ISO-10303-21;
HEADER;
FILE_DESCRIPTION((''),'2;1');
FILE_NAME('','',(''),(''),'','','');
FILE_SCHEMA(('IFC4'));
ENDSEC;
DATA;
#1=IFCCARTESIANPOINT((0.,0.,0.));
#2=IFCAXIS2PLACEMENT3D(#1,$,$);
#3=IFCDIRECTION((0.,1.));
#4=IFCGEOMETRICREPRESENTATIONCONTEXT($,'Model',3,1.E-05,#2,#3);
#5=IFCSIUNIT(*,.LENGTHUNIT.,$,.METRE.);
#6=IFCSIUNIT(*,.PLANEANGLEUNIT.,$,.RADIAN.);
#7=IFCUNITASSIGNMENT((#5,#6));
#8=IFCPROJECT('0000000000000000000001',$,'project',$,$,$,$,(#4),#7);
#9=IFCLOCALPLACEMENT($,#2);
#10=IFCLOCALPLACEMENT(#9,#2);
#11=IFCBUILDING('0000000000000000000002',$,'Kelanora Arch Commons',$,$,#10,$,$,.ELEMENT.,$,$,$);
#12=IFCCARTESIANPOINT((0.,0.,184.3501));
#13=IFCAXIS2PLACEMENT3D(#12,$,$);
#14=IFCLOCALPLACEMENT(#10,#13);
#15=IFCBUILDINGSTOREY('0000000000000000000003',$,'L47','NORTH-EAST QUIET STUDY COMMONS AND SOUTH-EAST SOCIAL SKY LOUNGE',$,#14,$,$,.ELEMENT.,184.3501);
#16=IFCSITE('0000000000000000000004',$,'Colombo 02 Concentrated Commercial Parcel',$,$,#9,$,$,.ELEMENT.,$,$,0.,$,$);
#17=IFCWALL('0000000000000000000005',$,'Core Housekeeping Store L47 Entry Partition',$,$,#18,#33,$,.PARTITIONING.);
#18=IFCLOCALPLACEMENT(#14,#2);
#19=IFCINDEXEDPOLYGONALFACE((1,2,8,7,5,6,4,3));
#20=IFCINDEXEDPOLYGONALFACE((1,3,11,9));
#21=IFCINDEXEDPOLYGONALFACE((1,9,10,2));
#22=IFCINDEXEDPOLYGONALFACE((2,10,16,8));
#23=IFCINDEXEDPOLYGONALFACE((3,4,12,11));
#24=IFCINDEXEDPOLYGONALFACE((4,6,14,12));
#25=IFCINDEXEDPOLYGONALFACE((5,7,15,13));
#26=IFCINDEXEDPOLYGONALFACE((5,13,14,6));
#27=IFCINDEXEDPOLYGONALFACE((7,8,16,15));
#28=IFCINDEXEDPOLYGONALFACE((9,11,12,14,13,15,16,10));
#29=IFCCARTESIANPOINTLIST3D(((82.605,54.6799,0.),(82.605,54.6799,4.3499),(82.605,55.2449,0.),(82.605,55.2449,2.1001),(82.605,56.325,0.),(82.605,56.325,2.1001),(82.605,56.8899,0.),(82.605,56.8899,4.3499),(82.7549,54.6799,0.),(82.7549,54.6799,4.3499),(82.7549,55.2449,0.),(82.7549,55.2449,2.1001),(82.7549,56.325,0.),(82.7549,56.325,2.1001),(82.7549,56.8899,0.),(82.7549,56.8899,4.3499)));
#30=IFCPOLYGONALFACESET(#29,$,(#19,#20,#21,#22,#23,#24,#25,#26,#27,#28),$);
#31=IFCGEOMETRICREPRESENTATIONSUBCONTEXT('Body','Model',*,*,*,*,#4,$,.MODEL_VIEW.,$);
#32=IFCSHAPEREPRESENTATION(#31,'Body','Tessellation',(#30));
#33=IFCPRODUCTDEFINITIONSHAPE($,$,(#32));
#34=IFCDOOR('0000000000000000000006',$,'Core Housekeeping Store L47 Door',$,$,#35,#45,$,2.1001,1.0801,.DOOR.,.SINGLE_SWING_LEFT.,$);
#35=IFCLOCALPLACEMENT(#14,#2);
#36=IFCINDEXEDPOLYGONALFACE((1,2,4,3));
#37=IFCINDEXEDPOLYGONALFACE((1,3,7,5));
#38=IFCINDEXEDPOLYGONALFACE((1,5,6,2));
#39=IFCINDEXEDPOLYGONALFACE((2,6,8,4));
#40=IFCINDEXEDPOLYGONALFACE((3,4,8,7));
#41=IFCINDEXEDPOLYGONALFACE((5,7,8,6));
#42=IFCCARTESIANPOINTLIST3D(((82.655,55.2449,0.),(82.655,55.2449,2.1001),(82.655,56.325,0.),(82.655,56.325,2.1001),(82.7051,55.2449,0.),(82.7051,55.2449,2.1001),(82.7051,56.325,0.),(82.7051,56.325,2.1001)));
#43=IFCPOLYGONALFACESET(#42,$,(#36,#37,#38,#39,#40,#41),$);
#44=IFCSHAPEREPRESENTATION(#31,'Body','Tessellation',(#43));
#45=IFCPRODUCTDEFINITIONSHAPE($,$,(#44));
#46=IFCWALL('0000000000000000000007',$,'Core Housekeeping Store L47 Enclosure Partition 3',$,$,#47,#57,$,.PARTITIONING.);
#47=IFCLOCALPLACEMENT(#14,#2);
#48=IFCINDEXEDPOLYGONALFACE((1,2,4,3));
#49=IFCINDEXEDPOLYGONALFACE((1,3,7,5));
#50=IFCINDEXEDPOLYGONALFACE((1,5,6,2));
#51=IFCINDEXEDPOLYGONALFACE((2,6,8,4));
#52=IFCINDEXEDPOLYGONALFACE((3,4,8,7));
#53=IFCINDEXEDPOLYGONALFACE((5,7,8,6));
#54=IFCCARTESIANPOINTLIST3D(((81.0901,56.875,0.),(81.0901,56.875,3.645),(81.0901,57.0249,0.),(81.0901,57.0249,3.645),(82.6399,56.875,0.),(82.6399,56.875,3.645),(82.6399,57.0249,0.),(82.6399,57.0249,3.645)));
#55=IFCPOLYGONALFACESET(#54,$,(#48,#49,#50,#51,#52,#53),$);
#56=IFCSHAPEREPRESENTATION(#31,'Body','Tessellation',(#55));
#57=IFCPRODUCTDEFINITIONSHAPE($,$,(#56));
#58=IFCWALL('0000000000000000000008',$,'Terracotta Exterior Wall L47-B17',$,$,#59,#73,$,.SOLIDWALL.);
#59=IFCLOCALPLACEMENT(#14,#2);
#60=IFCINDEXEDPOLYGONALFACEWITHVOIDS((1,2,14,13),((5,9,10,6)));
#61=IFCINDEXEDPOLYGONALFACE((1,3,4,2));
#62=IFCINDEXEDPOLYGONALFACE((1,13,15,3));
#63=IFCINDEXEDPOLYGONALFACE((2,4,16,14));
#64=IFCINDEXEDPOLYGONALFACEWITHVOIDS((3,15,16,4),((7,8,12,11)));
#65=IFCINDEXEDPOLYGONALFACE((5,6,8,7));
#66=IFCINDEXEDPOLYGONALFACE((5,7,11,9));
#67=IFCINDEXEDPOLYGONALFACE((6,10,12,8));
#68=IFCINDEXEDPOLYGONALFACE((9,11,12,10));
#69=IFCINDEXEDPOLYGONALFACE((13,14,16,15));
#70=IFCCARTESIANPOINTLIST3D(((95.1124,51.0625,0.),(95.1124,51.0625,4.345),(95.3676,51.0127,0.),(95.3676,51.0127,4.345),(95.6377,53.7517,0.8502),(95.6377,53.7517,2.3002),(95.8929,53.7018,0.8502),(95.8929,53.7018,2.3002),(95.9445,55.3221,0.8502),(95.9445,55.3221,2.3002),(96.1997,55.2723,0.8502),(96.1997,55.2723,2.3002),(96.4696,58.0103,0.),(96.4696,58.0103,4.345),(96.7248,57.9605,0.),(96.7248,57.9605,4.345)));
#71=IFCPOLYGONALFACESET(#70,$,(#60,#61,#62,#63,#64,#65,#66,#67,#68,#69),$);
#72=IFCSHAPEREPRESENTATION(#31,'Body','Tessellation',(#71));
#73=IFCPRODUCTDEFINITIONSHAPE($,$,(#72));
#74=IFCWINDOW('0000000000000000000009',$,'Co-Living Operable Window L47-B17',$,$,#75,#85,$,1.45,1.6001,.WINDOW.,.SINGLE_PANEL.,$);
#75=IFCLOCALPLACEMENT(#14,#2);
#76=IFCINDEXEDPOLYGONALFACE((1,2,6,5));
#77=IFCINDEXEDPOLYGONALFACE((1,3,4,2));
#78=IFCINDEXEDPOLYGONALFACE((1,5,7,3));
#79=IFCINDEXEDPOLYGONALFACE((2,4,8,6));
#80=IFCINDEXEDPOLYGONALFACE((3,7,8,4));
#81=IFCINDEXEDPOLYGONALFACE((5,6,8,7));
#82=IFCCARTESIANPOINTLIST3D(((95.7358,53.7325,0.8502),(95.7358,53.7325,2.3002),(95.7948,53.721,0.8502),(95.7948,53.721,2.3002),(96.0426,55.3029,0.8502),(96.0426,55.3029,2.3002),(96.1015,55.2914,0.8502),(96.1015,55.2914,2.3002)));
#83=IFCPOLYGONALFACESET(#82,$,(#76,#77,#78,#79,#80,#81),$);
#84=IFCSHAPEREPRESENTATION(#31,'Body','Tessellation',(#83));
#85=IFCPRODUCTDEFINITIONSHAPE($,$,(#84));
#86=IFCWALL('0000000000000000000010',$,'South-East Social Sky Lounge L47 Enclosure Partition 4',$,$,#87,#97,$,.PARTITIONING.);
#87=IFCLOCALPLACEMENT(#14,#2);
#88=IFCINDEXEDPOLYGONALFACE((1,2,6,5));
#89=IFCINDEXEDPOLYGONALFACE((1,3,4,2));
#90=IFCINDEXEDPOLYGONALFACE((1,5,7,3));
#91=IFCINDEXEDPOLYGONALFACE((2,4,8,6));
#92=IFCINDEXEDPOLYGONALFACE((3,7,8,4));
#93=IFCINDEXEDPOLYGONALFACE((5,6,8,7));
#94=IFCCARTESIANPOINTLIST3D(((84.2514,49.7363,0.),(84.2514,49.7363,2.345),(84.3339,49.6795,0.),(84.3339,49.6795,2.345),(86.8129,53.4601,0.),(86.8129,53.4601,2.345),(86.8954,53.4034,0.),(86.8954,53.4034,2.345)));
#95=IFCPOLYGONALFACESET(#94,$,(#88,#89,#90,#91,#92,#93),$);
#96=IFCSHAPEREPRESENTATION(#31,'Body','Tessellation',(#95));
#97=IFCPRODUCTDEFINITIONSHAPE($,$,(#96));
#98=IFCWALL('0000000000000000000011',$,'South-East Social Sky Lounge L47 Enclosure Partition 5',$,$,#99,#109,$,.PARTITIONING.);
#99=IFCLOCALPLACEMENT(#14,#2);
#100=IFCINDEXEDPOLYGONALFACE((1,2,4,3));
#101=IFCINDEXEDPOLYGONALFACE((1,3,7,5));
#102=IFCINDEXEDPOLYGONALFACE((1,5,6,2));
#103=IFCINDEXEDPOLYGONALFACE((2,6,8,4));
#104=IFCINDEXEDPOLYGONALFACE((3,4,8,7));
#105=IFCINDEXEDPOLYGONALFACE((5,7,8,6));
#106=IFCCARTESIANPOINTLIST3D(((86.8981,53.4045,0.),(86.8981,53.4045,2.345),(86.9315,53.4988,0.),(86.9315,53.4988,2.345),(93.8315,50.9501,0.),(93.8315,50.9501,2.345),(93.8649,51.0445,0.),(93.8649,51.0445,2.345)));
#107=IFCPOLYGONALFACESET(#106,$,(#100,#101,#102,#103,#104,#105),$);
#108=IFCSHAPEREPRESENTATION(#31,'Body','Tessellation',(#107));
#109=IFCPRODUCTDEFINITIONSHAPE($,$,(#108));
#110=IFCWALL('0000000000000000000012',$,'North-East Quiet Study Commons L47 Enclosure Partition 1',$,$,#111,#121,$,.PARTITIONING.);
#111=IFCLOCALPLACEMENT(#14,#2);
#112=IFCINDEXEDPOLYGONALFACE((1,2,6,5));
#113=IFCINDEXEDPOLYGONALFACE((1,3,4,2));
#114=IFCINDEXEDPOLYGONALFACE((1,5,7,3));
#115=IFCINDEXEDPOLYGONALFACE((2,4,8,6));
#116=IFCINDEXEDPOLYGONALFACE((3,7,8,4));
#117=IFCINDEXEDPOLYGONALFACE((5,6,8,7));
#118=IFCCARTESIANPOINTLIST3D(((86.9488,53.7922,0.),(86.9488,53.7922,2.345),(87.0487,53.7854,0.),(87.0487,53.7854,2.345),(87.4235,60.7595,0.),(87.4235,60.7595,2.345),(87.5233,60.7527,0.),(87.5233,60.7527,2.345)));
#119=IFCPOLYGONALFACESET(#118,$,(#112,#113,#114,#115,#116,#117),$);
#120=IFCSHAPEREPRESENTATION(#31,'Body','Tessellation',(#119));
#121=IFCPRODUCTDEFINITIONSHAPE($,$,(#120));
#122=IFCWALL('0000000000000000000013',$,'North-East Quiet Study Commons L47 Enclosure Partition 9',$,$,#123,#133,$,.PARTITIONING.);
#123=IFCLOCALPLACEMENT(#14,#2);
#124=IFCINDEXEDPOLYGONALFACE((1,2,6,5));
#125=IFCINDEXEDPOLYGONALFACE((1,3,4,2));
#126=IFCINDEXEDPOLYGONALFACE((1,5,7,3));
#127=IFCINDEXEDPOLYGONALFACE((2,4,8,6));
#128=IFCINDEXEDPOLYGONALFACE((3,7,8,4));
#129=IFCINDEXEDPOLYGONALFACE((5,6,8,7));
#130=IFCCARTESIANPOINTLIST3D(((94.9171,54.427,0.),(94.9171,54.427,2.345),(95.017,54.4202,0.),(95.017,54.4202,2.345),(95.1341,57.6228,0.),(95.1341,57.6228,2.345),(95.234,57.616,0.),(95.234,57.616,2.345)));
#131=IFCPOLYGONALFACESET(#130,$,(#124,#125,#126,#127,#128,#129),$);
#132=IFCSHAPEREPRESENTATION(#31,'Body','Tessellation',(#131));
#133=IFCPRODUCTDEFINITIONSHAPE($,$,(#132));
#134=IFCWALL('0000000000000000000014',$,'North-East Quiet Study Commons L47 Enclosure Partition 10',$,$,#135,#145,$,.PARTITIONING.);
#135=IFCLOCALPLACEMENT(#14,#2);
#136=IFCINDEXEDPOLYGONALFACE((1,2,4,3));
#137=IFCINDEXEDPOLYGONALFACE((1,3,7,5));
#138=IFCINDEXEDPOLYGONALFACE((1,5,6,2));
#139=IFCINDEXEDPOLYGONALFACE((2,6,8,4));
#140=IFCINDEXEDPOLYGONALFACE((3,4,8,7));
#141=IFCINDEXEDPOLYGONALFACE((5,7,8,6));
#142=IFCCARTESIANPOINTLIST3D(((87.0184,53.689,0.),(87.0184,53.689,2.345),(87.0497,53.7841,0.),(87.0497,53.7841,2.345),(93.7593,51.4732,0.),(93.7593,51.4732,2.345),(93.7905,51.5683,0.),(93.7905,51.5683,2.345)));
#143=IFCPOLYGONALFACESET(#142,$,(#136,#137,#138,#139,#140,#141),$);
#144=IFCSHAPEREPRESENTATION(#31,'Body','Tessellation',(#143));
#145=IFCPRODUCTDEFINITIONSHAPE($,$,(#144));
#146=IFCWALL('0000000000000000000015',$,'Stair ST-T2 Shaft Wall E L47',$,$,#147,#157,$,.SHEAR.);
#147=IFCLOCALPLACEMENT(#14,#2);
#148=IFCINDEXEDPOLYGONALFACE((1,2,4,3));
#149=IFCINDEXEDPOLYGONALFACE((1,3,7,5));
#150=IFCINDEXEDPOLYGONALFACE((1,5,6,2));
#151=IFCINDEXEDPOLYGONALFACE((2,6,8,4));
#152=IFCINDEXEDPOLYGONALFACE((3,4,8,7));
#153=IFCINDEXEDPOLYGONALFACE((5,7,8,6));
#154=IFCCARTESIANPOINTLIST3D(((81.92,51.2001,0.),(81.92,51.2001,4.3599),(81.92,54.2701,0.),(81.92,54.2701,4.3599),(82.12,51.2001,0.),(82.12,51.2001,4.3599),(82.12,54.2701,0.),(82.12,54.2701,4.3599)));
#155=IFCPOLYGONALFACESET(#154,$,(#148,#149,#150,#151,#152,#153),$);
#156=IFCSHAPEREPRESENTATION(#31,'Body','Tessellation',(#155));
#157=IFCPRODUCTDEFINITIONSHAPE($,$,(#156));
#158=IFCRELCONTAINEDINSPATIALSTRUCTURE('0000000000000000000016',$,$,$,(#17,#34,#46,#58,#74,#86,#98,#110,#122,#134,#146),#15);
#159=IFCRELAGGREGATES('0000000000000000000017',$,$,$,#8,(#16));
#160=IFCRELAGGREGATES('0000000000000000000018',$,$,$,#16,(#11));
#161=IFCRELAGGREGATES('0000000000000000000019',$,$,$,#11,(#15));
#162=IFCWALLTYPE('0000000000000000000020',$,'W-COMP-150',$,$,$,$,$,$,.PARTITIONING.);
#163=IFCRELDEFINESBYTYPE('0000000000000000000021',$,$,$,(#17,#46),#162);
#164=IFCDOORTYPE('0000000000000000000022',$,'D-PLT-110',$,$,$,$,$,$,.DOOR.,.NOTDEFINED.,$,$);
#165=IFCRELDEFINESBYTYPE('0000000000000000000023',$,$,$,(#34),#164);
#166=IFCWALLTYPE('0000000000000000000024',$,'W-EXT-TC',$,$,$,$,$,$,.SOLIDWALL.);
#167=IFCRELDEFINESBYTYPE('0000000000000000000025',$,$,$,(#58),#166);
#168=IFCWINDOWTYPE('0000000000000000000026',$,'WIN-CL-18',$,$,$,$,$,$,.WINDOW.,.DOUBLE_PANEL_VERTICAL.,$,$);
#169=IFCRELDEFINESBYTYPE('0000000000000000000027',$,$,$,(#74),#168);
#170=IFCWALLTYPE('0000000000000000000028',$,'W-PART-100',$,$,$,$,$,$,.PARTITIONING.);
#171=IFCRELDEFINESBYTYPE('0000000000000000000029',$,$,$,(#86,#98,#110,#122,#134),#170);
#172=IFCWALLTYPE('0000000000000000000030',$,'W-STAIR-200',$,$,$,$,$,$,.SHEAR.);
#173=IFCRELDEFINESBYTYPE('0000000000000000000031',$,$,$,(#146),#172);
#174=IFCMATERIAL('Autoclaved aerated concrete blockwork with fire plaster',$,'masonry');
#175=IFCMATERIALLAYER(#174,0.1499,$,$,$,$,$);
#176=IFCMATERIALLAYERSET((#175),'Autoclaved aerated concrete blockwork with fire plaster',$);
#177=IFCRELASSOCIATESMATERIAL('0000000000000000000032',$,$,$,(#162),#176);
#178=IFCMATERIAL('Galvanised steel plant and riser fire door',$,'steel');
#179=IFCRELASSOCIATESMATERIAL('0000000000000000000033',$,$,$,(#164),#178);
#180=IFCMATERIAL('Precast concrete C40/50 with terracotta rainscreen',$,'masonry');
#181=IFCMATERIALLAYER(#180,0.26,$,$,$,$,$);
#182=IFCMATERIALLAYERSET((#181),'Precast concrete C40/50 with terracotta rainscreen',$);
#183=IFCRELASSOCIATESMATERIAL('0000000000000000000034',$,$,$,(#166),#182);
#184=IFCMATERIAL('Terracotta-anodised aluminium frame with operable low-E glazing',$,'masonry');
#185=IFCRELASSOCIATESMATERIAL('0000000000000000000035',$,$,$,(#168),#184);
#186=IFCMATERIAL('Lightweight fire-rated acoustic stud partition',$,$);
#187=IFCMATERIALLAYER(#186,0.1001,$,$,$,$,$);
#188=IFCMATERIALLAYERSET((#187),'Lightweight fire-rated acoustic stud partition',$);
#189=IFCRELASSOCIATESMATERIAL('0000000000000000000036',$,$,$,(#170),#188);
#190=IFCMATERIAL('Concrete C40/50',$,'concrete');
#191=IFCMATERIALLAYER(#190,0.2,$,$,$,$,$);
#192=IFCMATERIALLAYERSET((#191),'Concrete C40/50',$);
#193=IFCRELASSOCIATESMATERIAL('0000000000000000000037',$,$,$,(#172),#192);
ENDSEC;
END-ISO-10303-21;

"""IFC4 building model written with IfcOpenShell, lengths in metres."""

from ifc_helpers import new_model, si_unit, direction, frame, frame_2d, origin, place, context, subcontext, project, spatial, rectangle, extrude, material, layer, layer_set, type_object, element, fill, save


model = new_model("IFC4")

# Units and contexts
model_context = context("Model", 3, precision=1e-05, world=origin(), true_north=direction((0.0, 1.0)))
body_context = subcontext(model_context, "Body", "Model", "MODEL_VIEW")
ifc_project = project(units=[si_unit("LENGTHUNIT", "METRE"), si_unit("PLANEANGLEUNIT", "RADIAN")], contexts=[model_context])

# Site, building, storey
site_placement = place(None, origin())
site = spatial("IfcSite", under=ifc_project, at=site_placement, Name="Colombo 02 Concentrated Commercial Parcel", CompositionType="ELEMENT", RefElevation=0.0)
building_placement = place(site_placement, origin())
building = spatial("IfcBuilding", under=site, at=building_placement, Name="Kelanora Arch Commons", CompositionType="ELEMENT")
storey_placement = place(building_placement, frame((0.0, 0.0, 184.3501)))
storey = spatial("IfcBuildingStorey", under=building, at=storey_placement, Name="L47", Description="NORTH-EAST QUIET STUDY COMMONS AND SOUTH-EAST SOCIAL SKY LOUNGE", CompositionType="ELEMENT", Elevation=184.3501)

# Wall, opening, door
ifc_material_1 = material(Name="Autoclaved aerated concrete blockwork with fire plaster", Category="masonry")
ifc_layer_1 = layer(ifc_material_1, 0.1499)
ifc_layer_set_1 = layer_set([ifc_layer_1], Name="Autoclaved aerated concrete blockwork with fire plaster")
wall_type_1 = type_object("IfcWallType", Name="W-COMP-150", PredefinedType="PARTITIONING", material=ifc_layer_set_1)
wall_1_placement = place(storey_placement, frame((82.6799, 54.6799, 0.0), z_axis=(0.0, 0.0, 1.0), x_axis=(0.0, 1.0, 0.0)))
wall_1 = element("IfcWall", 1, at=wall_1_placement, inside=storey, type_object=wall_type_1, Name="Core Housekeeping Store L47 Entry Partition", PredefinedType="PARTITIONING", context=body_context, shape_type="SweptSolid", body=[
    extrude(rectangle(XDim=2.21, YDim=0.1499, at=frame_2d((1.105, 0.0))), origin(), (0.0, 0.0, 1.0), 4.3499),
])
opening_1_placement = place(wall_1_placement, frame((0.5649, 0.0, 0.0)))
opening_1 = element("IfcOpeningElement", 2, at=opening_1_placement, cuts=wall_1, PredefinedType="OPENING", context=body_context, shape_type="SweptSolid", body=[
    extrude(rectangle(XDim=1.0801, YDim=2.1001, at=frame_2d((0.54, 1.05))), frame((0.0, 0.085, 0.0), z_axis=(0.0, -1.0, 0.0), x_axis=(1.0, 0.0, 0.0)), (0.0, 0.0, 1.0), 0.1699),
])
ifc_material_2 = material(Name="Galvanised steel plant and riser fire door", Category="steel")
door_type = type_object("IfcDoorType", Name="D-PLT-110", OperationType="NOTDEFINED", PredefinedType="DOOR", material=ifc_material_2)
door_placement = place(opening_1_placement, origin())
door = element("IfcDoor", 3, at=door_placement, inside=storey, type_object=door_type, Name="Core Housekeeping Store L47 Door", OperationType="SINGLE_SWING_LEFT", OverallHeight=2.1001, OverallWidth=1.0801, PredefinedType="DOOR", context=body_context, shape_type="SweptSolid", body=[
    extrude(rectangle(XDim=1.0801, YDim=2.1001, at=frame_2d((0.54, 1.05))), frame((0.0, 0.0249, 0.0), z_axis=(0.0, -1.0, 0.0), x_axis=(1.0, 0.0, 0.0)), (0.0, 0.0, 1.0), 0.05),
])
fill(opening_1, door)

# Wall
wall_2_placement = place(storey_placement, frame((82.6399, 56.95, 0.0), z_axis=(0.0, 0.0, 1.0), x_axis=(-1.0, 0.0, 0.0)))
element("IfcWall", 4, at=wall_2_placement, inside=storey, type_object=wall_type_1, Name="Core Housekeeping Store L47 Enclosure Partition 3", PredefinedType="PARTITIONING", context=body_context, shape_type="SweptSolid", body=[
    extrude(rectangle(XDim=1.5498, YDim=0.1499, at=frame_2d((0.7749, 0.0))), origin(), (0.0, 0.0, 1.0), 3.645),
])

# Wall, opening, window
ifc_material_3 = material(Name="Precast concrete C40/50 with terracotta rainscreen", Category="masonry")
ifc_layer_2 = layer(ifc_material_3, 0.26)
ifc_layer_set_2 = layer_set([ifc_layer_2], Name="Precast concrete C40/50 with terracotta rainscreen")
wall_type_2 = type_object("IfcWallType", Name="W-EXT-TC", PredefinedType="SOLIDWALL", material=ifc_layer_set_2)
wall_3_placement = place(storey_placement, frame((95.24, 51.0376, 0.0), z_axis=(0.0, 0.0, 1.0), x_axis=(0.191717, 0.98145, 0.0)))
wall_3 = element("IfcWall", 5, at=wall_3_placement, inside=storey, type_object=wall_type_2, Name="Terracotta Exterior Wall L47-B17", PredefinedType="SOLIDWALL", context=body_context, shape_type="SweptSolid", body=[
    extrude(rectangle(XDim=7.0791, YDim=0.26, at=frame_2d((3.5396, 0.0))), origin(), (0.0, 0.0, 1.0), 4.345),
])
opening_2_placement = place(wall_3_placement, frame((2.74, 0.0, 0.8501)))
opening_2 = element("IfcOpeningElement", 6, at=opening_2_placement, cuts=wall_3, PredefinedType="OPENING", context=body_context, shape_type="SweptSolid", body=[
    extrude(rectangle(XDim=1.6001, YDim=1.45, at=frame_2d((0.8, 0.7251))), frame((0.0, 0.1401, 0.0), z_axis=(0.0, -1.0, 0.0), x_axis=(1.0, 0.0, 0.0)), (0.0, 0.0, 1.0), 0.28),
])
ifc_material_4 = material(Name="Terracotta-anodised aluminium frame with operable low-E glazing", Category="masonry")
window_type = type_object("IfcWindowType", Name="WIN-CL-18", PartitioningType="DOUBLE_PANEL_VERTICAL", PredefinedType="WINDOW", material=ifc_material_4)
window_placement = place(opening_2_placement, origin())
window = element("IfcWindow", 7, at=window_placement, inside=storey, type_object=window_type, Name="Co-Living Operable Window L47-B17", OverallHeight=1.45, OverallWidth=1.6001, PartitioningType="SINGLE_PANEL", PredefinedType="WINDOW", context=body_context, shape_type="SweptSolid", body=[
    extrude(rectangle(XDim=1.6001, YDim=1.45, at=frame_2d((0.8, 0.7251))), frame((0.0, 0.03, 0.0), z_axis=(0.0, -1.0, 0.0), x_axis=(1.0, 0.0, 0.0)), (0.0, 0.0, 1.0), 0.0601),
])
fill(opening_2, window)

# Walls
ifc_material_5 = material(Name="Lightweight fire-rated acoustic stud partition")
ifc_layer_3 = layer(ifc_material_5, 0.1001)
ifc_layer_set_3 = layer_set([ifc_layer_3], Name="Lightweight fire-rated acoustic stud partition")
wall_type_3 = type_object("IfcWallType", Name="W-PART-100", PredefinedType="PARTITIONING", material=ifc_layer_set_3)
wall_4_placement = place(storey_placement, frame((84.2927, 49.708, 0.0), z_axis=(0.0, 0.0, 1.0), x_axis=(0.566733, 0.823902, 0.0)))
element("IfcWall", 8, at=wall_4_placement, inside=storey, type_object=wall_type_3, Name="South-East Social Sky Lounge L47 Enclosure Partition 4", PredefinedType="PARTITIONING", context=body_context, shape_type="SweptSolid", body=[
    extrude(rectangle(XDim=4.5198, YDim=0.1001, at=frame_2d((2.2598, 0.0))), origin(), (0.0, 0.0, 1.0), 2.345),
])
wall_5_placement = place(storey_placement, frame((86.9148, 53.4517, 0.0), z_axis=(0.0, 0.0, 1.0), x_axis=(0.942679, -0.3337, 0.0)))
element("IfcWall", 9, at=wall_5_placement, inside=storey, type_object=wall_type_3, Name="South-East Social Sky Lounge L47 Enclosure Partition 5", PredefinedType="PARTITIONING", context=body_context, shape_type="SweptSolid", body=[
    extrude(rectangle(XDim=7.355, YDim=0.1001, at=frame_2d((3.6775, 0.0))), origin(), (0.0, 0.0, 1.0), 2.345),
])
wall_6_placement = place(storey_placement, frame((86.9988, 53.7888, 0.0), z_axis=(0.0, 0.0, 1.0), x_axis=(0.067962, 0.997688, 0.0)))
element("IfcWall", 10, at=wall_6_placement, inside=storey, type_object=wall_type_3, Name="North-East Quiet Study Commons L47 Enclosure Partition 1", PredefinedType="PARTITIONING", context=body_context, shape_type="SweptSolid", body=[
    extrude(rectangle(XDim=6.9834, YDim=0.1001, at=frame_2d((3.4917, 0.0))), origin(), (0.0, 0.0, 1.0), 2.345),
])
wall_7_placement = place(storey_placement, frame((95.1841, 57.6194, 0.0), z_axis=(0.0, 0.0, 1.0), x_axis=(-0.067758, -0.997702, 0.0)))
element("IfcWall", 11, at=wall_7_placement, inside=storey, type_object=wall_type_3, Name="North-East Quiet Study Commons L47 Enclosure Partition 9", PredefinedType="PARTITIONING", context=body_context, shape_type="SweptSolid", body=[
    extrude(rectangle(XDim=3.2031, YDim=0.1001, at=frame_2d((1.6016, 0.0))), origin(), (0.0, 0.0, 1.0), 2.345),
])
wall_8_placement = place(storey_placement, frame((93.7749, 51.5208, 0.0), z_axis=(0.0, 0.0, 1.0), x_axis=(-0.949993, 0.312272, 0.0)))
element("IfcWall", 12, at=wall_8_placement, inside=storey, type_object=wall_type_3, Name="North-East Quiet Study Commons L47 Enclosure Partition 10", PredefinedType="PARTITIONING", context=body_context, shape_type="SweptSolid", body=[
    extrude(rectangle(XDim=7.0957, YDim=0.1001, at=frame_2d((3.5479, 0.0))), origin(), (0.0, 0.0, 1.0), 2.345),
])
ifc_material_6 = material(Name="Concrete C40/50", Category="concrete")
ifc_layer_4 = layer(ifc_material_6, 0.2)
ifc_layer_set_4 = layer_set([ifc_layer_4], Name="Concrete C40/50")
wall_type_4 = type_object("IfcWallType", Name="W-STAIR-200", PredefinedType="SHEAR", material=ifc_layer_set_4)
wall_9_placement = place(storey_placement, frame((82.02, 51.2, 0.0), z_axis=(0.0, 0.0, 1.0), x_axis=(0.0, 1.0, 0.0)))
element("IfcWall", 13, at=wall_9_placement, inside=storey, type_object=wall_type_4, Name="Stair ST-T2 Shaft Wall E L47", PredefinedType="SHEAR", context=body_context, shape_type="SweptSolid", body=[
    extrude(rectangle(XDim=3.0701, YDim=0.2, at=frame_2d((1.5352, 0.0))), origin(), (0.0, 0.0, 1.0), 4.3599),
])

save(model, "model.ifc")
